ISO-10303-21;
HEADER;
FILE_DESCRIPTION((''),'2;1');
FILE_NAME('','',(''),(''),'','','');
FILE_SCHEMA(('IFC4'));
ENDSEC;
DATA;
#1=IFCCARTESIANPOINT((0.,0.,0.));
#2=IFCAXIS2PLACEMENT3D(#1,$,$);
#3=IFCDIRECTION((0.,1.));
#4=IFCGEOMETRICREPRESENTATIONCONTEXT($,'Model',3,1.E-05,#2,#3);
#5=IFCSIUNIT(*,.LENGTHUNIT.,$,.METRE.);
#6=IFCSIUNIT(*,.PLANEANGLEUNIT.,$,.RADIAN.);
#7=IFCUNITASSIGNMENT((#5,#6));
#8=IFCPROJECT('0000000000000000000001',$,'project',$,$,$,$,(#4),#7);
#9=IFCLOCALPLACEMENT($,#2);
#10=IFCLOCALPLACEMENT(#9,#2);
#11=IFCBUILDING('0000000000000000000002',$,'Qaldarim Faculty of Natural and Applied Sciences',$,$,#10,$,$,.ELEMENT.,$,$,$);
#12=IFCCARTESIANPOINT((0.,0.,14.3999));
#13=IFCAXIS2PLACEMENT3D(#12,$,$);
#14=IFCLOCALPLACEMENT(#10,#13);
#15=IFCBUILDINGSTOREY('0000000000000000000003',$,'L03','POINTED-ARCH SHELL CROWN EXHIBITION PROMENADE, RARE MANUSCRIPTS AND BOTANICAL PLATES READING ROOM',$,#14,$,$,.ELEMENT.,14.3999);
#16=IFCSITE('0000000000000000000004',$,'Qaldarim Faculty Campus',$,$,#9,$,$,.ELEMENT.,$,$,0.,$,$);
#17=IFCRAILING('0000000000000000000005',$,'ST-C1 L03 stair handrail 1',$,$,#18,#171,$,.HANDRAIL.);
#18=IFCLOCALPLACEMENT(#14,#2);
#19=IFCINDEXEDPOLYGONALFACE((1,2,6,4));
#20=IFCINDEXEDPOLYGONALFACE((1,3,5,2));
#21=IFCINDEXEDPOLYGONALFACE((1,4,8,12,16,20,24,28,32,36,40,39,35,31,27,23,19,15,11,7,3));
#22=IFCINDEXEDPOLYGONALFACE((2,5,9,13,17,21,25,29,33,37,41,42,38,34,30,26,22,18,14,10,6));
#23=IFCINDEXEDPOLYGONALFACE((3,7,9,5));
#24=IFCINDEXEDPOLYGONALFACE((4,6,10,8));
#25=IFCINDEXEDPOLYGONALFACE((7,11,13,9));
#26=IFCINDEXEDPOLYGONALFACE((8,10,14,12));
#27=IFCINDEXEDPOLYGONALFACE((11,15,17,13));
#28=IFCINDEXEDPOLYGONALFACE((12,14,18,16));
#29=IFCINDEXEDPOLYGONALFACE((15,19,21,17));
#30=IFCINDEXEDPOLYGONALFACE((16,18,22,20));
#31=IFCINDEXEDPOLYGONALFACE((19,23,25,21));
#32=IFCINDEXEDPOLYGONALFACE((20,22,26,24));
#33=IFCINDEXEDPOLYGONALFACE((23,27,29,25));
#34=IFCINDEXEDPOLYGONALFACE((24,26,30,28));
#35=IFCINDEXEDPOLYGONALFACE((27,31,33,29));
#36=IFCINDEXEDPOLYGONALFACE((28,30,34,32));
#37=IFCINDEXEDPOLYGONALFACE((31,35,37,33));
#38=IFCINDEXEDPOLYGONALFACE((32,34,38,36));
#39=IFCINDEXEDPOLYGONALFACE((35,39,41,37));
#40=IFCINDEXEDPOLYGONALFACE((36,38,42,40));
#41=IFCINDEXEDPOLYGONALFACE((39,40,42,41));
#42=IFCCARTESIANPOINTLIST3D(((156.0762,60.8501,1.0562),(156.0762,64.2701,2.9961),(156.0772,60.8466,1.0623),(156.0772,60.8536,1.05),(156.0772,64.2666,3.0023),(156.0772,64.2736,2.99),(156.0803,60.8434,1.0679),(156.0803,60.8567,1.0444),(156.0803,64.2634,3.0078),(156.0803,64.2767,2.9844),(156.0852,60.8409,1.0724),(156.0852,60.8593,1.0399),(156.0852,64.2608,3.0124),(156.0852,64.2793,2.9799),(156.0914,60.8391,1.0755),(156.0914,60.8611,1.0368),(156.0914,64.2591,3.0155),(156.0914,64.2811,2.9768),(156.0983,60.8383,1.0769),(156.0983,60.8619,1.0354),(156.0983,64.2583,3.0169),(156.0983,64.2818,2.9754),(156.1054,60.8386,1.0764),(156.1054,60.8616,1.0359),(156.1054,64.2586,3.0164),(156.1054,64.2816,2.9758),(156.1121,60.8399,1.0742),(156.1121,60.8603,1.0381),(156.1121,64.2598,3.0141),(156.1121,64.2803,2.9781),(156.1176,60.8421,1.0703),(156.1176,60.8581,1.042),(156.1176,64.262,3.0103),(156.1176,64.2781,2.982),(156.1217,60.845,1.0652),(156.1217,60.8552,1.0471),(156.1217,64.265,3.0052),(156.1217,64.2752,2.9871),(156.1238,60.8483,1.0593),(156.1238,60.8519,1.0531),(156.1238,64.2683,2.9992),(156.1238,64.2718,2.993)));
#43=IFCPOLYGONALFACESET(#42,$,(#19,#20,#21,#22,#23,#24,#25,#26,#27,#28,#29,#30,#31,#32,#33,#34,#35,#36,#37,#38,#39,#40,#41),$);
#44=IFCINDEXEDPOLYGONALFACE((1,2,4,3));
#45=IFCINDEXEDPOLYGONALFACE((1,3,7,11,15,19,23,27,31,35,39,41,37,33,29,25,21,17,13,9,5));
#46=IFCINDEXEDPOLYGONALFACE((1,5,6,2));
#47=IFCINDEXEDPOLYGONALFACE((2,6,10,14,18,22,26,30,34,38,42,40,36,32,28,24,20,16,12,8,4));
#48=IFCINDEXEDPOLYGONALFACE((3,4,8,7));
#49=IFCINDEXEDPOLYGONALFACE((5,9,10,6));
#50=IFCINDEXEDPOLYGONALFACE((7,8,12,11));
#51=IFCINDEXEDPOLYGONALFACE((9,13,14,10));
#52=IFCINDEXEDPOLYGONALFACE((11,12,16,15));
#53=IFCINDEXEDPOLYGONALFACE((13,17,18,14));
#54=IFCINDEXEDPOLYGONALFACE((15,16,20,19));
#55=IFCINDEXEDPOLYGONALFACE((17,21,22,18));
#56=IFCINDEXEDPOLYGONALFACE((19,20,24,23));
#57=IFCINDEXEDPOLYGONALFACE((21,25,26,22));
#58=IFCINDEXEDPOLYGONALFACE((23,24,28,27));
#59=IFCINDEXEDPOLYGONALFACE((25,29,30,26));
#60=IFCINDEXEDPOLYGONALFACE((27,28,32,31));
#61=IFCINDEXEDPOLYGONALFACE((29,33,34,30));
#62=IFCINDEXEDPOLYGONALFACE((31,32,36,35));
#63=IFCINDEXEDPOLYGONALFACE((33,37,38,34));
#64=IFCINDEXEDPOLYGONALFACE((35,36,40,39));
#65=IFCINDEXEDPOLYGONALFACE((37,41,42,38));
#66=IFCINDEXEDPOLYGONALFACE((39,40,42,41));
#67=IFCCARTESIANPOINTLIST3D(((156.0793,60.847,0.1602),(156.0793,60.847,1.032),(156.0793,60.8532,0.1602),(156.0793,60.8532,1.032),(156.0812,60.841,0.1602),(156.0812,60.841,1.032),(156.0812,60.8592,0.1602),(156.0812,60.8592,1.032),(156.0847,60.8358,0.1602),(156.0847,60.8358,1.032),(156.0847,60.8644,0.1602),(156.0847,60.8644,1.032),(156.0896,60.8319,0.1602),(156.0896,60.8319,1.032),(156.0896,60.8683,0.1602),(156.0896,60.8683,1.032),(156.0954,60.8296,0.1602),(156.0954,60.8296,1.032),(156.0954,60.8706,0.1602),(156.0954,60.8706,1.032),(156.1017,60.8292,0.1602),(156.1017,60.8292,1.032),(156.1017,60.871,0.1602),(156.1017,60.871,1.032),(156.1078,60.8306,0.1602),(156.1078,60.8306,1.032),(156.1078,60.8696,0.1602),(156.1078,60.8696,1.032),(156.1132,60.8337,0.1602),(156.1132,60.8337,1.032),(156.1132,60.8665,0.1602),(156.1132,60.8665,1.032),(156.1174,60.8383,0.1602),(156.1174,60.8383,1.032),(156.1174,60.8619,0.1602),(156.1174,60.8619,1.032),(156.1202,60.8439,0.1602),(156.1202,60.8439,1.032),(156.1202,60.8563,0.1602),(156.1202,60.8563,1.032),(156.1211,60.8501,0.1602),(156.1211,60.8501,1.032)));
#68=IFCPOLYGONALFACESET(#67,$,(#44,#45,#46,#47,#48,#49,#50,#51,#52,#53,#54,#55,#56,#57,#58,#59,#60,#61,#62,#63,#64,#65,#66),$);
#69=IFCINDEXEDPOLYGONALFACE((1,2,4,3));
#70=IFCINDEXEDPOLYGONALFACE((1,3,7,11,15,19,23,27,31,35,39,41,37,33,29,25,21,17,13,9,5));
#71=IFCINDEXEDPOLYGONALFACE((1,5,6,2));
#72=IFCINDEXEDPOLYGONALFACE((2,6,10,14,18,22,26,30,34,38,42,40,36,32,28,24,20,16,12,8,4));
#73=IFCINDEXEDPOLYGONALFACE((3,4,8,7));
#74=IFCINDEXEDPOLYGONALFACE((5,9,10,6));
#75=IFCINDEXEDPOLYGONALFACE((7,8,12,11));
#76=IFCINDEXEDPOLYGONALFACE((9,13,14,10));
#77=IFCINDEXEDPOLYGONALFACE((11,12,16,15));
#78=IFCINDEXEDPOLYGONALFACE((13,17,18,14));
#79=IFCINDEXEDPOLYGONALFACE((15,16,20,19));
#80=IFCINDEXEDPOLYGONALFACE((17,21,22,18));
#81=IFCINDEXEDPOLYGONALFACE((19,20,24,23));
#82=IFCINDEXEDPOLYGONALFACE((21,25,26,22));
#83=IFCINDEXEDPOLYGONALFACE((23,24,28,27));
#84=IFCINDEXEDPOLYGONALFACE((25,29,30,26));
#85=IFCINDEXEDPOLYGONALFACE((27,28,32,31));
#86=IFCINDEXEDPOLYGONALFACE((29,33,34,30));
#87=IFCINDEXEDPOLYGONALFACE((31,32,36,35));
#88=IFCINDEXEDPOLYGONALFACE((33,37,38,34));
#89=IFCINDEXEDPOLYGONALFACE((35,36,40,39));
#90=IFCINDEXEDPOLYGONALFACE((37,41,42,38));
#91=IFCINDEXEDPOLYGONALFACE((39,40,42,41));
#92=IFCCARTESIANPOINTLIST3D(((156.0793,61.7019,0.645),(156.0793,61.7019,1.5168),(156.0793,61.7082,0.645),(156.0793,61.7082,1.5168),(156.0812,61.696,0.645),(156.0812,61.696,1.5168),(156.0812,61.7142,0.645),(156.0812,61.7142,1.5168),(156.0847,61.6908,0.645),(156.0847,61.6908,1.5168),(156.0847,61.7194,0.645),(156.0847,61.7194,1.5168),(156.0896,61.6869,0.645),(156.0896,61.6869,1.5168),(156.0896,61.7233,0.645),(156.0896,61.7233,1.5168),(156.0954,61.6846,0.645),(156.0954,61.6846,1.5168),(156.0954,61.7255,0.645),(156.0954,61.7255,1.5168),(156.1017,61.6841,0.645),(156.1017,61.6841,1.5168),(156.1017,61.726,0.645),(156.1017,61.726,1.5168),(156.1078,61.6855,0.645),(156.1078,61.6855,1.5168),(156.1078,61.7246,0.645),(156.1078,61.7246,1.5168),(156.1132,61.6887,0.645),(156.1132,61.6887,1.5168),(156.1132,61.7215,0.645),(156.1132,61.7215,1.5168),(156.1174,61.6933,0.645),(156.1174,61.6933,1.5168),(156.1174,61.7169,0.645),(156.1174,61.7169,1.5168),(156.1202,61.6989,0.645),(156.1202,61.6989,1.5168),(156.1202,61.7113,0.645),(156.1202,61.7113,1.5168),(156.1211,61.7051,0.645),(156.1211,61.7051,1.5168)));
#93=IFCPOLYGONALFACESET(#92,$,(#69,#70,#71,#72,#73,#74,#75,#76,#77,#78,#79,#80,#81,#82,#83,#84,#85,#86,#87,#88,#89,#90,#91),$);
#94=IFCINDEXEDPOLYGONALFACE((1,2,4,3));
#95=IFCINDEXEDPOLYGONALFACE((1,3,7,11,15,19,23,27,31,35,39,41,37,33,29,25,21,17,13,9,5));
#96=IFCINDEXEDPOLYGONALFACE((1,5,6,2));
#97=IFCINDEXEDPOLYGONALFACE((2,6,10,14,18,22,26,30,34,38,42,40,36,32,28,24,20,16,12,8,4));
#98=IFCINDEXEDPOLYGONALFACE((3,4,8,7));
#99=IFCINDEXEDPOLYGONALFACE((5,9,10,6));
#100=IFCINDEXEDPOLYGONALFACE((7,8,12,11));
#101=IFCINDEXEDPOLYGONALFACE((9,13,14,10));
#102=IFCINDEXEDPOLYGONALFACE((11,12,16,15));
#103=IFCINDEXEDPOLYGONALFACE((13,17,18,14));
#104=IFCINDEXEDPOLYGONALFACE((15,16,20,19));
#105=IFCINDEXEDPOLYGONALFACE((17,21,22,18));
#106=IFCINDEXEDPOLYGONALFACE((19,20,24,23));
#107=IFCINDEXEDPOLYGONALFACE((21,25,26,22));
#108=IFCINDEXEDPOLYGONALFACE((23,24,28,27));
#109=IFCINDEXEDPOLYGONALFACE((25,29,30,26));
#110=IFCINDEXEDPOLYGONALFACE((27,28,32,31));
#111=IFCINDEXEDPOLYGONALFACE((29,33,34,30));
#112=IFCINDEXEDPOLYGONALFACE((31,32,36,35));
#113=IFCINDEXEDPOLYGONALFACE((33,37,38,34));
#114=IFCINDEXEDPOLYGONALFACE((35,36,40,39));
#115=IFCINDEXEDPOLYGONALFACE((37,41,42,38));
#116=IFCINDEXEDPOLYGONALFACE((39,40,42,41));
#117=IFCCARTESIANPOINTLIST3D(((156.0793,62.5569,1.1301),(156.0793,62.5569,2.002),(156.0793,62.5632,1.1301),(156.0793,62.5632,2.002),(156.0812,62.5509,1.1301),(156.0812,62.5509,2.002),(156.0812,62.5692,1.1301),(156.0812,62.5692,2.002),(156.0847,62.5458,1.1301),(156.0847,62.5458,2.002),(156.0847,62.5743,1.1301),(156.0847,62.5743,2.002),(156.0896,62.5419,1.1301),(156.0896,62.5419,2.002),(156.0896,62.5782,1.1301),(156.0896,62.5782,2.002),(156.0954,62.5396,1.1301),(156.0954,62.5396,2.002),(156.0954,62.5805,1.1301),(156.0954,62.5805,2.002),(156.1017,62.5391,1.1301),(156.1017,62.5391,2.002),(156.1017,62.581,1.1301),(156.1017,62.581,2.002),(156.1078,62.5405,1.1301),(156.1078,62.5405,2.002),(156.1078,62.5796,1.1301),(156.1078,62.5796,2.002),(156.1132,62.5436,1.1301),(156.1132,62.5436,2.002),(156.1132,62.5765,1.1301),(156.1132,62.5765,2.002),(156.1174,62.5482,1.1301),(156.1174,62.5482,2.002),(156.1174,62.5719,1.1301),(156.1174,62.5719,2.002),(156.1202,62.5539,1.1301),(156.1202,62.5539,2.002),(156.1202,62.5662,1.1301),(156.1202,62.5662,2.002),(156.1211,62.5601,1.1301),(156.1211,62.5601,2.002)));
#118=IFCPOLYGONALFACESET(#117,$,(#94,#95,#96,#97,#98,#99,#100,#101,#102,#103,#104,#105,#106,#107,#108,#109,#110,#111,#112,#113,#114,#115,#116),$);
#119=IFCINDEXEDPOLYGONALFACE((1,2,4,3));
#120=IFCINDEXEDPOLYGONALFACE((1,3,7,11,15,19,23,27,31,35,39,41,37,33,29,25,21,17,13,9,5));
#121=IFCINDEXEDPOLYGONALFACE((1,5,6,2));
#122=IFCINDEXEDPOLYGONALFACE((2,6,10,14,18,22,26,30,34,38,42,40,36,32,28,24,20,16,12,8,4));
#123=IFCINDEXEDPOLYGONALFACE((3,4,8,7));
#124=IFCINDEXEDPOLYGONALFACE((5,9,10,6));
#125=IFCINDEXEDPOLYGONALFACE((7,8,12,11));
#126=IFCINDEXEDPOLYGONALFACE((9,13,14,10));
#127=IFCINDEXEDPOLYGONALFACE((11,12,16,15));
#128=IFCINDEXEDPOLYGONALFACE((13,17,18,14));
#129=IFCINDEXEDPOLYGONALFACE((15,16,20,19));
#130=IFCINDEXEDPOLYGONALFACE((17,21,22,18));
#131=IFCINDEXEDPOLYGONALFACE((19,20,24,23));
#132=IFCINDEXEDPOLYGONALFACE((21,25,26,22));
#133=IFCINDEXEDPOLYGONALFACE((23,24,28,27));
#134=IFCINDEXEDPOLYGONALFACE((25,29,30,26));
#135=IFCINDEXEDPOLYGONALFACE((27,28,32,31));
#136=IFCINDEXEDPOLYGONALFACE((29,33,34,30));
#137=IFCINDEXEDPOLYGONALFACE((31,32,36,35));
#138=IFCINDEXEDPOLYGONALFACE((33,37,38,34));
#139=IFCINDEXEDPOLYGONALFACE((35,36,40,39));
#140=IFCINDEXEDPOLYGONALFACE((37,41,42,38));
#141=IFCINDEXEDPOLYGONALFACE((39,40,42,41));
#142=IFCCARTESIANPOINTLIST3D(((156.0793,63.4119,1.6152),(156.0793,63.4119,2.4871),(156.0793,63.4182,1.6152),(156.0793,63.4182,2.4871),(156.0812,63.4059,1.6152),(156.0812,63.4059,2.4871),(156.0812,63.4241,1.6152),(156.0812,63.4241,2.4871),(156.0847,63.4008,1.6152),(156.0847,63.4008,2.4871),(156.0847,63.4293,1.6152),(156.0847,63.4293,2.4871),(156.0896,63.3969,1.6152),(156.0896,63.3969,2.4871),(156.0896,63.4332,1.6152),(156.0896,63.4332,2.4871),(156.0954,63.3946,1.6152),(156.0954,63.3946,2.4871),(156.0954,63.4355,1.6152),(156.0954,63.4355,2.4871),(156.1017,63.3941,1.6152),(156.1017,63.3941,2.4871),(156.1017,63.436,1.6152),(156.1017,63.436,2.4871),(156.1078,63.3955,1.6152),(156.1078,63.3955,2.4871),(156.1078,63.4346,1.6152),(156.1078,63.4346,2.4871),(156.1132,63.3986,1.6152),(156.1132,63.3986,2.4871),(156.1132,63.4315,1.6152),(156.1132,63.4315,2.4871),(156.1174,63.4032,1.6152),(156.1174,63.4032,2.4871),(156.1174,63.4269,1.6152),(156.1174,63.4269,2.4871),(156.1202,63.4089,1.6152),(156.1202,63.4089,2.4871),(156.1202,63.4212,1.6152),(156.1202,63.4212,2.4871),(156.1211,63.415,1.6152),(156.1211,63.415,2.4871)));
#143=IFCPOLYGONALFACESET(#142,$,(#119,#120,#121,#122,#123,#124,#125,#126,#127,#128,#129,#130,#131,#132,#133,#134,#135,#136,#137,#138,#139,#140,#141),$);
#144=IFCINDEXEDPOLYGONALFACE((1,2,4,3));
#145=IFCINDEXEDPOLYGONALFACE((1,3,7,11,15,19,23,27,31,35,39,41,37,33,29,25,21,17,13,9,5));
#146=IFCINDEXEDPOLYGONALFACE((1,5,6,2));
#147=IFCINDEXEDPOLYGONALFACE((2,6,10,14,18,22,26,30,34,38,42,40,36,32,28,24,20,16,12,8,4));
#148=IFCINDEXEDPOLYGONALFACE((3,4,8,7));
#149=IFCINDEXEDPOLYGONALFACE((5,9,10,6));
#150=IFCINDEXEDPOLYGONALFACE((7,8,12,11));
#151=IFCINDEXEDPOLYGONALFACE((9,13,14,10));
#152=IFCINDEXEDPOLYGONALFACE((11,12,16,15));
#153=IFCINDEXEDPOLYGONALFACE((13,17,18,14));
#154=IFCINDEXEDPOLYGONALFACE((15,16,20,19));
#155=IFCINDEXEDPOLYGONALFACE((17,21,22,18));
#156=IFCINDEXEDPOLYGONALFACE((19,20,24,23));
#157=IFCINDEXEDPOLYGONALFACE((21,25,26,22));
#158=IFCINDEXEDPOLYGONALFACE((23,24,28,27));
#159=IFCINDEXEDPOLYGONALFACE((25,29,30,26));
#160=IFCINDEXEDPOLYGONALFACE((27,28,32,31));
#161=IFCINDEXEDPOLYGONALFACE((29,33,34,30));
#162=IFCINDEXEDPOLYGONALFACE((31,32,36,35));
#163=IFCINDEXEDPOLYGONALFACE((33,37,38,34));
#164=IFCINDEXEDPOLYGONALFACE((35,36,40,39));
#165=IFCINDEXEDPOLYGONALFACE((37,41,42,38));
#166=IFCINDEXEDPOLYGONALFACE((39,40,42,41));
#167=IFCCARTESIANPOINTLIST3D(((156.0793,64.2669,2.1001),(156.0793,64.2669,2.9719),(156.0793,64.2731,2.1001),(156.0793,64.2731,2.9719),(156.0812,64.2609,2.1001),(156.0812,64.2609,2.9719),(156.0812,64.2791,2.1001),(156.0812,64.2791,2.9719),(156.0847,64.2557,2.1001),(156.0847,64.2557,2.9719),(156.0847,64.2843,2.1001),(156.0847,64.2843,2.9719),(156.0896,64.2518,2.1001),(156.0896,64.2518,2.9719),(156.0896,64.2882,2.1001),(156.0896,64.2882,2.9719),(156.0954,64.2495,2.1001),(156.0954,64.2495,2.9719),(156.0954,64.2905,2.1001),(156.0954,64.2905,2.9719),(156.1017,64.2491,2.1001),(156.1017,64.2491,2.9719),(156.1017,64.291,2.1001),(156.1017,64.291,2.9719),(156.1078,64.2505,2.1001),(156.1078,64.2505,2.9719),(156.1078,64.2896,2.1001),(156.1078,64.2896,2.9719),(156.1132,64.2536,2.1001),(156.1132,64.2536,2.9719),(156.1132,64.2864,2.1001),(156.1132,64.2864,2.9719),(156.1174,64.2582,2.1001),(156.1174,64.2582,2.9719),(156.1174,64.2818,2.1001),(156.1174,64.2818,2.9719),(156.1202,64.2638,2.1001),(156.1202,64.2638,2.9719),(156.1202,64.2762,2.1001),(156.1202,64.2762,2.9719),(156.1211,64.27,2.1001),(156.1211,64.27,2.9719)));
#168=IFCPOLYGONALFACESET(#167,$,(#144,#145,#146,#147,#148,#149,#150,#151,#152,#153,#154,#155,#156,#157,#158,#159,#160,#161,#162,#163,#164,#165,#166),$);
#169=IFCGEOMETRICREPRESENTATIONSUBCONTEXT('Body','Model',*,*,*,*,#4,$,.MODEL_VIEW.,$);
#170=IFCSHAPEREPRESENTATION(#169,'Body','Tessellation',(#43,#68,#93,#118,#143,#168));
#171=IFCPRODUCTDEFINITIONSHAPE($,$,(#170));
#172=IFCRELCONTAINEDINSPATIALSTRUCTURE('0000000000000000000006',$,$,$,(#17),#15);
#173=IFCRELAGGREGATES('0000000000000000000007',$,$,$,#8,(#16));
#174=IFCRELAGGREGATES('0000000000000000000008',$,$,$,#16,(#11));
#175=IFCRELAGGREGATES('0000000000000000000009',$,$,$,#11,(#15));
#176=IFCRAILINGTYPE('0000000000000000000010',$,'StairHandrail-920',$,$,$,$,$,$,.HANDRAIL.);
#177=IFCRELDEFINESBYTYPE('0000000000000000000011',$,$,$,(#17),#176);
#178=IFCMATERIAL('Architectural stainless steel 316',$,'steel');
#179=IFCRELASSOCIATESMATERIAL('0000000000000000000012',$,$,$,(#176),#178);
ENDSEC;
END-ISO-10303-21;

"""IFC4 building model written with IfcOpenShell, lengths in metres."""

from ifc_helpers import new_model, si_unit, direction, frame, origin, origin_2d, place, context, subcontext, project, spatial, circle, extrude, material, type_object, element, save


model = new_model("IFC4")

# Units and contexts
model_context = context("Model", 3, precision=1e-05, world=origin(), true_north=direction((0.0, 1.0)))
body_context = subcontext(model_context, "Body", "Model", "MODEL_VIEW")
ifc_project = project(units=[si_unit("LENGTHUNIT", "METRE"), si_unit("PLANEANGLEUNIT", "RADIAN")], contexts=[model_context])

# Site, building, storey
site_placement = place(None, origin())
site = spatial("IfcSite", under=ifc_project, at=site_placement, Name="Qaldarim Faculty Campus", CompositionType="ELEMENT", RefElevation=0.0)
building_placement = place(site_placement, origin())
building = spatial("IfcBuilding", under=site, at=building_placement, Name="Qaldarim Faculty of Natural and Applied Sciences", CompositionType="ELEMENT")
storey_placement = place(building_placement, frame((0.0, 0.0, 14.3999)))
storey = spatial("IfcBuildingStorey", under=building, at=storey_placement, Name="L03", Description="POINTED-ARCH SHELL CROWN EXHIBITION PROMENADE, RARE MANUSCRIPTS AND BOTANICAL PLATES READING ROOM", CompositionType="ELEMENT", Elevation=14.3999)

# Shared definitions
ifc_material_1 = material(Name="Architectural stainless steel 316", Category="steel")

# Railing
railing_type_1 = type_object("IfcRailingType", Name="StairHandrail-920", PredefinedType="HANDRAIL", material=ifc_material_1)
railing_1_placement = place(storey_placement, frame((156.1001, 60.8501, 0.1602)))
element("IfcRailing", 1, at=railing_1_placement, inside=storey, type_object=railing_type_1, Name="ST-C1 L03 stair handrail 1", PredefinedType="HANDRAIL", context=body_context, shape_type="SweptSolid", body=[
    extrude(circle(Radius=0.0239, at=origin_2d()), frame((0.0, 0.0, 0.896), z_axis=(0.0, 0.869805, 0.493395), x_axis=(-1.0, 0.0, 0.0)), (0.0, 0.0, 1.0), 3.9319),
    extrude(circle(Radius=0.021, at=origin_2d()), origin(), (0.0, 0.0, 1.0), 0.8718),
    extrude(circle(Radius=0.021, at=origin_2d()), frame((0.0, 0.855, 0.4849)), (0.0, 0.0, 1.0), 0.8718),
    extrude(circle(Radius=0.021, at=origin_2d()), frame((0.0, 1.71, 0.97)), (0.0, 0.0, 1.0), 0.8718),
    extrude(circle(Radius=0.021, at=origin_2d()), frame((0.0, 2.5649, 1.4551)), (0.0, 0.0, 1.0), 0.8718),
    extrude(circle(Radius=0.021, at=origin_2d()), frame((0.0, 3.4199, 1.9399)), (0.0, 0.0, 1.0), 0.8718),
])

save(model, "model.ifc")
